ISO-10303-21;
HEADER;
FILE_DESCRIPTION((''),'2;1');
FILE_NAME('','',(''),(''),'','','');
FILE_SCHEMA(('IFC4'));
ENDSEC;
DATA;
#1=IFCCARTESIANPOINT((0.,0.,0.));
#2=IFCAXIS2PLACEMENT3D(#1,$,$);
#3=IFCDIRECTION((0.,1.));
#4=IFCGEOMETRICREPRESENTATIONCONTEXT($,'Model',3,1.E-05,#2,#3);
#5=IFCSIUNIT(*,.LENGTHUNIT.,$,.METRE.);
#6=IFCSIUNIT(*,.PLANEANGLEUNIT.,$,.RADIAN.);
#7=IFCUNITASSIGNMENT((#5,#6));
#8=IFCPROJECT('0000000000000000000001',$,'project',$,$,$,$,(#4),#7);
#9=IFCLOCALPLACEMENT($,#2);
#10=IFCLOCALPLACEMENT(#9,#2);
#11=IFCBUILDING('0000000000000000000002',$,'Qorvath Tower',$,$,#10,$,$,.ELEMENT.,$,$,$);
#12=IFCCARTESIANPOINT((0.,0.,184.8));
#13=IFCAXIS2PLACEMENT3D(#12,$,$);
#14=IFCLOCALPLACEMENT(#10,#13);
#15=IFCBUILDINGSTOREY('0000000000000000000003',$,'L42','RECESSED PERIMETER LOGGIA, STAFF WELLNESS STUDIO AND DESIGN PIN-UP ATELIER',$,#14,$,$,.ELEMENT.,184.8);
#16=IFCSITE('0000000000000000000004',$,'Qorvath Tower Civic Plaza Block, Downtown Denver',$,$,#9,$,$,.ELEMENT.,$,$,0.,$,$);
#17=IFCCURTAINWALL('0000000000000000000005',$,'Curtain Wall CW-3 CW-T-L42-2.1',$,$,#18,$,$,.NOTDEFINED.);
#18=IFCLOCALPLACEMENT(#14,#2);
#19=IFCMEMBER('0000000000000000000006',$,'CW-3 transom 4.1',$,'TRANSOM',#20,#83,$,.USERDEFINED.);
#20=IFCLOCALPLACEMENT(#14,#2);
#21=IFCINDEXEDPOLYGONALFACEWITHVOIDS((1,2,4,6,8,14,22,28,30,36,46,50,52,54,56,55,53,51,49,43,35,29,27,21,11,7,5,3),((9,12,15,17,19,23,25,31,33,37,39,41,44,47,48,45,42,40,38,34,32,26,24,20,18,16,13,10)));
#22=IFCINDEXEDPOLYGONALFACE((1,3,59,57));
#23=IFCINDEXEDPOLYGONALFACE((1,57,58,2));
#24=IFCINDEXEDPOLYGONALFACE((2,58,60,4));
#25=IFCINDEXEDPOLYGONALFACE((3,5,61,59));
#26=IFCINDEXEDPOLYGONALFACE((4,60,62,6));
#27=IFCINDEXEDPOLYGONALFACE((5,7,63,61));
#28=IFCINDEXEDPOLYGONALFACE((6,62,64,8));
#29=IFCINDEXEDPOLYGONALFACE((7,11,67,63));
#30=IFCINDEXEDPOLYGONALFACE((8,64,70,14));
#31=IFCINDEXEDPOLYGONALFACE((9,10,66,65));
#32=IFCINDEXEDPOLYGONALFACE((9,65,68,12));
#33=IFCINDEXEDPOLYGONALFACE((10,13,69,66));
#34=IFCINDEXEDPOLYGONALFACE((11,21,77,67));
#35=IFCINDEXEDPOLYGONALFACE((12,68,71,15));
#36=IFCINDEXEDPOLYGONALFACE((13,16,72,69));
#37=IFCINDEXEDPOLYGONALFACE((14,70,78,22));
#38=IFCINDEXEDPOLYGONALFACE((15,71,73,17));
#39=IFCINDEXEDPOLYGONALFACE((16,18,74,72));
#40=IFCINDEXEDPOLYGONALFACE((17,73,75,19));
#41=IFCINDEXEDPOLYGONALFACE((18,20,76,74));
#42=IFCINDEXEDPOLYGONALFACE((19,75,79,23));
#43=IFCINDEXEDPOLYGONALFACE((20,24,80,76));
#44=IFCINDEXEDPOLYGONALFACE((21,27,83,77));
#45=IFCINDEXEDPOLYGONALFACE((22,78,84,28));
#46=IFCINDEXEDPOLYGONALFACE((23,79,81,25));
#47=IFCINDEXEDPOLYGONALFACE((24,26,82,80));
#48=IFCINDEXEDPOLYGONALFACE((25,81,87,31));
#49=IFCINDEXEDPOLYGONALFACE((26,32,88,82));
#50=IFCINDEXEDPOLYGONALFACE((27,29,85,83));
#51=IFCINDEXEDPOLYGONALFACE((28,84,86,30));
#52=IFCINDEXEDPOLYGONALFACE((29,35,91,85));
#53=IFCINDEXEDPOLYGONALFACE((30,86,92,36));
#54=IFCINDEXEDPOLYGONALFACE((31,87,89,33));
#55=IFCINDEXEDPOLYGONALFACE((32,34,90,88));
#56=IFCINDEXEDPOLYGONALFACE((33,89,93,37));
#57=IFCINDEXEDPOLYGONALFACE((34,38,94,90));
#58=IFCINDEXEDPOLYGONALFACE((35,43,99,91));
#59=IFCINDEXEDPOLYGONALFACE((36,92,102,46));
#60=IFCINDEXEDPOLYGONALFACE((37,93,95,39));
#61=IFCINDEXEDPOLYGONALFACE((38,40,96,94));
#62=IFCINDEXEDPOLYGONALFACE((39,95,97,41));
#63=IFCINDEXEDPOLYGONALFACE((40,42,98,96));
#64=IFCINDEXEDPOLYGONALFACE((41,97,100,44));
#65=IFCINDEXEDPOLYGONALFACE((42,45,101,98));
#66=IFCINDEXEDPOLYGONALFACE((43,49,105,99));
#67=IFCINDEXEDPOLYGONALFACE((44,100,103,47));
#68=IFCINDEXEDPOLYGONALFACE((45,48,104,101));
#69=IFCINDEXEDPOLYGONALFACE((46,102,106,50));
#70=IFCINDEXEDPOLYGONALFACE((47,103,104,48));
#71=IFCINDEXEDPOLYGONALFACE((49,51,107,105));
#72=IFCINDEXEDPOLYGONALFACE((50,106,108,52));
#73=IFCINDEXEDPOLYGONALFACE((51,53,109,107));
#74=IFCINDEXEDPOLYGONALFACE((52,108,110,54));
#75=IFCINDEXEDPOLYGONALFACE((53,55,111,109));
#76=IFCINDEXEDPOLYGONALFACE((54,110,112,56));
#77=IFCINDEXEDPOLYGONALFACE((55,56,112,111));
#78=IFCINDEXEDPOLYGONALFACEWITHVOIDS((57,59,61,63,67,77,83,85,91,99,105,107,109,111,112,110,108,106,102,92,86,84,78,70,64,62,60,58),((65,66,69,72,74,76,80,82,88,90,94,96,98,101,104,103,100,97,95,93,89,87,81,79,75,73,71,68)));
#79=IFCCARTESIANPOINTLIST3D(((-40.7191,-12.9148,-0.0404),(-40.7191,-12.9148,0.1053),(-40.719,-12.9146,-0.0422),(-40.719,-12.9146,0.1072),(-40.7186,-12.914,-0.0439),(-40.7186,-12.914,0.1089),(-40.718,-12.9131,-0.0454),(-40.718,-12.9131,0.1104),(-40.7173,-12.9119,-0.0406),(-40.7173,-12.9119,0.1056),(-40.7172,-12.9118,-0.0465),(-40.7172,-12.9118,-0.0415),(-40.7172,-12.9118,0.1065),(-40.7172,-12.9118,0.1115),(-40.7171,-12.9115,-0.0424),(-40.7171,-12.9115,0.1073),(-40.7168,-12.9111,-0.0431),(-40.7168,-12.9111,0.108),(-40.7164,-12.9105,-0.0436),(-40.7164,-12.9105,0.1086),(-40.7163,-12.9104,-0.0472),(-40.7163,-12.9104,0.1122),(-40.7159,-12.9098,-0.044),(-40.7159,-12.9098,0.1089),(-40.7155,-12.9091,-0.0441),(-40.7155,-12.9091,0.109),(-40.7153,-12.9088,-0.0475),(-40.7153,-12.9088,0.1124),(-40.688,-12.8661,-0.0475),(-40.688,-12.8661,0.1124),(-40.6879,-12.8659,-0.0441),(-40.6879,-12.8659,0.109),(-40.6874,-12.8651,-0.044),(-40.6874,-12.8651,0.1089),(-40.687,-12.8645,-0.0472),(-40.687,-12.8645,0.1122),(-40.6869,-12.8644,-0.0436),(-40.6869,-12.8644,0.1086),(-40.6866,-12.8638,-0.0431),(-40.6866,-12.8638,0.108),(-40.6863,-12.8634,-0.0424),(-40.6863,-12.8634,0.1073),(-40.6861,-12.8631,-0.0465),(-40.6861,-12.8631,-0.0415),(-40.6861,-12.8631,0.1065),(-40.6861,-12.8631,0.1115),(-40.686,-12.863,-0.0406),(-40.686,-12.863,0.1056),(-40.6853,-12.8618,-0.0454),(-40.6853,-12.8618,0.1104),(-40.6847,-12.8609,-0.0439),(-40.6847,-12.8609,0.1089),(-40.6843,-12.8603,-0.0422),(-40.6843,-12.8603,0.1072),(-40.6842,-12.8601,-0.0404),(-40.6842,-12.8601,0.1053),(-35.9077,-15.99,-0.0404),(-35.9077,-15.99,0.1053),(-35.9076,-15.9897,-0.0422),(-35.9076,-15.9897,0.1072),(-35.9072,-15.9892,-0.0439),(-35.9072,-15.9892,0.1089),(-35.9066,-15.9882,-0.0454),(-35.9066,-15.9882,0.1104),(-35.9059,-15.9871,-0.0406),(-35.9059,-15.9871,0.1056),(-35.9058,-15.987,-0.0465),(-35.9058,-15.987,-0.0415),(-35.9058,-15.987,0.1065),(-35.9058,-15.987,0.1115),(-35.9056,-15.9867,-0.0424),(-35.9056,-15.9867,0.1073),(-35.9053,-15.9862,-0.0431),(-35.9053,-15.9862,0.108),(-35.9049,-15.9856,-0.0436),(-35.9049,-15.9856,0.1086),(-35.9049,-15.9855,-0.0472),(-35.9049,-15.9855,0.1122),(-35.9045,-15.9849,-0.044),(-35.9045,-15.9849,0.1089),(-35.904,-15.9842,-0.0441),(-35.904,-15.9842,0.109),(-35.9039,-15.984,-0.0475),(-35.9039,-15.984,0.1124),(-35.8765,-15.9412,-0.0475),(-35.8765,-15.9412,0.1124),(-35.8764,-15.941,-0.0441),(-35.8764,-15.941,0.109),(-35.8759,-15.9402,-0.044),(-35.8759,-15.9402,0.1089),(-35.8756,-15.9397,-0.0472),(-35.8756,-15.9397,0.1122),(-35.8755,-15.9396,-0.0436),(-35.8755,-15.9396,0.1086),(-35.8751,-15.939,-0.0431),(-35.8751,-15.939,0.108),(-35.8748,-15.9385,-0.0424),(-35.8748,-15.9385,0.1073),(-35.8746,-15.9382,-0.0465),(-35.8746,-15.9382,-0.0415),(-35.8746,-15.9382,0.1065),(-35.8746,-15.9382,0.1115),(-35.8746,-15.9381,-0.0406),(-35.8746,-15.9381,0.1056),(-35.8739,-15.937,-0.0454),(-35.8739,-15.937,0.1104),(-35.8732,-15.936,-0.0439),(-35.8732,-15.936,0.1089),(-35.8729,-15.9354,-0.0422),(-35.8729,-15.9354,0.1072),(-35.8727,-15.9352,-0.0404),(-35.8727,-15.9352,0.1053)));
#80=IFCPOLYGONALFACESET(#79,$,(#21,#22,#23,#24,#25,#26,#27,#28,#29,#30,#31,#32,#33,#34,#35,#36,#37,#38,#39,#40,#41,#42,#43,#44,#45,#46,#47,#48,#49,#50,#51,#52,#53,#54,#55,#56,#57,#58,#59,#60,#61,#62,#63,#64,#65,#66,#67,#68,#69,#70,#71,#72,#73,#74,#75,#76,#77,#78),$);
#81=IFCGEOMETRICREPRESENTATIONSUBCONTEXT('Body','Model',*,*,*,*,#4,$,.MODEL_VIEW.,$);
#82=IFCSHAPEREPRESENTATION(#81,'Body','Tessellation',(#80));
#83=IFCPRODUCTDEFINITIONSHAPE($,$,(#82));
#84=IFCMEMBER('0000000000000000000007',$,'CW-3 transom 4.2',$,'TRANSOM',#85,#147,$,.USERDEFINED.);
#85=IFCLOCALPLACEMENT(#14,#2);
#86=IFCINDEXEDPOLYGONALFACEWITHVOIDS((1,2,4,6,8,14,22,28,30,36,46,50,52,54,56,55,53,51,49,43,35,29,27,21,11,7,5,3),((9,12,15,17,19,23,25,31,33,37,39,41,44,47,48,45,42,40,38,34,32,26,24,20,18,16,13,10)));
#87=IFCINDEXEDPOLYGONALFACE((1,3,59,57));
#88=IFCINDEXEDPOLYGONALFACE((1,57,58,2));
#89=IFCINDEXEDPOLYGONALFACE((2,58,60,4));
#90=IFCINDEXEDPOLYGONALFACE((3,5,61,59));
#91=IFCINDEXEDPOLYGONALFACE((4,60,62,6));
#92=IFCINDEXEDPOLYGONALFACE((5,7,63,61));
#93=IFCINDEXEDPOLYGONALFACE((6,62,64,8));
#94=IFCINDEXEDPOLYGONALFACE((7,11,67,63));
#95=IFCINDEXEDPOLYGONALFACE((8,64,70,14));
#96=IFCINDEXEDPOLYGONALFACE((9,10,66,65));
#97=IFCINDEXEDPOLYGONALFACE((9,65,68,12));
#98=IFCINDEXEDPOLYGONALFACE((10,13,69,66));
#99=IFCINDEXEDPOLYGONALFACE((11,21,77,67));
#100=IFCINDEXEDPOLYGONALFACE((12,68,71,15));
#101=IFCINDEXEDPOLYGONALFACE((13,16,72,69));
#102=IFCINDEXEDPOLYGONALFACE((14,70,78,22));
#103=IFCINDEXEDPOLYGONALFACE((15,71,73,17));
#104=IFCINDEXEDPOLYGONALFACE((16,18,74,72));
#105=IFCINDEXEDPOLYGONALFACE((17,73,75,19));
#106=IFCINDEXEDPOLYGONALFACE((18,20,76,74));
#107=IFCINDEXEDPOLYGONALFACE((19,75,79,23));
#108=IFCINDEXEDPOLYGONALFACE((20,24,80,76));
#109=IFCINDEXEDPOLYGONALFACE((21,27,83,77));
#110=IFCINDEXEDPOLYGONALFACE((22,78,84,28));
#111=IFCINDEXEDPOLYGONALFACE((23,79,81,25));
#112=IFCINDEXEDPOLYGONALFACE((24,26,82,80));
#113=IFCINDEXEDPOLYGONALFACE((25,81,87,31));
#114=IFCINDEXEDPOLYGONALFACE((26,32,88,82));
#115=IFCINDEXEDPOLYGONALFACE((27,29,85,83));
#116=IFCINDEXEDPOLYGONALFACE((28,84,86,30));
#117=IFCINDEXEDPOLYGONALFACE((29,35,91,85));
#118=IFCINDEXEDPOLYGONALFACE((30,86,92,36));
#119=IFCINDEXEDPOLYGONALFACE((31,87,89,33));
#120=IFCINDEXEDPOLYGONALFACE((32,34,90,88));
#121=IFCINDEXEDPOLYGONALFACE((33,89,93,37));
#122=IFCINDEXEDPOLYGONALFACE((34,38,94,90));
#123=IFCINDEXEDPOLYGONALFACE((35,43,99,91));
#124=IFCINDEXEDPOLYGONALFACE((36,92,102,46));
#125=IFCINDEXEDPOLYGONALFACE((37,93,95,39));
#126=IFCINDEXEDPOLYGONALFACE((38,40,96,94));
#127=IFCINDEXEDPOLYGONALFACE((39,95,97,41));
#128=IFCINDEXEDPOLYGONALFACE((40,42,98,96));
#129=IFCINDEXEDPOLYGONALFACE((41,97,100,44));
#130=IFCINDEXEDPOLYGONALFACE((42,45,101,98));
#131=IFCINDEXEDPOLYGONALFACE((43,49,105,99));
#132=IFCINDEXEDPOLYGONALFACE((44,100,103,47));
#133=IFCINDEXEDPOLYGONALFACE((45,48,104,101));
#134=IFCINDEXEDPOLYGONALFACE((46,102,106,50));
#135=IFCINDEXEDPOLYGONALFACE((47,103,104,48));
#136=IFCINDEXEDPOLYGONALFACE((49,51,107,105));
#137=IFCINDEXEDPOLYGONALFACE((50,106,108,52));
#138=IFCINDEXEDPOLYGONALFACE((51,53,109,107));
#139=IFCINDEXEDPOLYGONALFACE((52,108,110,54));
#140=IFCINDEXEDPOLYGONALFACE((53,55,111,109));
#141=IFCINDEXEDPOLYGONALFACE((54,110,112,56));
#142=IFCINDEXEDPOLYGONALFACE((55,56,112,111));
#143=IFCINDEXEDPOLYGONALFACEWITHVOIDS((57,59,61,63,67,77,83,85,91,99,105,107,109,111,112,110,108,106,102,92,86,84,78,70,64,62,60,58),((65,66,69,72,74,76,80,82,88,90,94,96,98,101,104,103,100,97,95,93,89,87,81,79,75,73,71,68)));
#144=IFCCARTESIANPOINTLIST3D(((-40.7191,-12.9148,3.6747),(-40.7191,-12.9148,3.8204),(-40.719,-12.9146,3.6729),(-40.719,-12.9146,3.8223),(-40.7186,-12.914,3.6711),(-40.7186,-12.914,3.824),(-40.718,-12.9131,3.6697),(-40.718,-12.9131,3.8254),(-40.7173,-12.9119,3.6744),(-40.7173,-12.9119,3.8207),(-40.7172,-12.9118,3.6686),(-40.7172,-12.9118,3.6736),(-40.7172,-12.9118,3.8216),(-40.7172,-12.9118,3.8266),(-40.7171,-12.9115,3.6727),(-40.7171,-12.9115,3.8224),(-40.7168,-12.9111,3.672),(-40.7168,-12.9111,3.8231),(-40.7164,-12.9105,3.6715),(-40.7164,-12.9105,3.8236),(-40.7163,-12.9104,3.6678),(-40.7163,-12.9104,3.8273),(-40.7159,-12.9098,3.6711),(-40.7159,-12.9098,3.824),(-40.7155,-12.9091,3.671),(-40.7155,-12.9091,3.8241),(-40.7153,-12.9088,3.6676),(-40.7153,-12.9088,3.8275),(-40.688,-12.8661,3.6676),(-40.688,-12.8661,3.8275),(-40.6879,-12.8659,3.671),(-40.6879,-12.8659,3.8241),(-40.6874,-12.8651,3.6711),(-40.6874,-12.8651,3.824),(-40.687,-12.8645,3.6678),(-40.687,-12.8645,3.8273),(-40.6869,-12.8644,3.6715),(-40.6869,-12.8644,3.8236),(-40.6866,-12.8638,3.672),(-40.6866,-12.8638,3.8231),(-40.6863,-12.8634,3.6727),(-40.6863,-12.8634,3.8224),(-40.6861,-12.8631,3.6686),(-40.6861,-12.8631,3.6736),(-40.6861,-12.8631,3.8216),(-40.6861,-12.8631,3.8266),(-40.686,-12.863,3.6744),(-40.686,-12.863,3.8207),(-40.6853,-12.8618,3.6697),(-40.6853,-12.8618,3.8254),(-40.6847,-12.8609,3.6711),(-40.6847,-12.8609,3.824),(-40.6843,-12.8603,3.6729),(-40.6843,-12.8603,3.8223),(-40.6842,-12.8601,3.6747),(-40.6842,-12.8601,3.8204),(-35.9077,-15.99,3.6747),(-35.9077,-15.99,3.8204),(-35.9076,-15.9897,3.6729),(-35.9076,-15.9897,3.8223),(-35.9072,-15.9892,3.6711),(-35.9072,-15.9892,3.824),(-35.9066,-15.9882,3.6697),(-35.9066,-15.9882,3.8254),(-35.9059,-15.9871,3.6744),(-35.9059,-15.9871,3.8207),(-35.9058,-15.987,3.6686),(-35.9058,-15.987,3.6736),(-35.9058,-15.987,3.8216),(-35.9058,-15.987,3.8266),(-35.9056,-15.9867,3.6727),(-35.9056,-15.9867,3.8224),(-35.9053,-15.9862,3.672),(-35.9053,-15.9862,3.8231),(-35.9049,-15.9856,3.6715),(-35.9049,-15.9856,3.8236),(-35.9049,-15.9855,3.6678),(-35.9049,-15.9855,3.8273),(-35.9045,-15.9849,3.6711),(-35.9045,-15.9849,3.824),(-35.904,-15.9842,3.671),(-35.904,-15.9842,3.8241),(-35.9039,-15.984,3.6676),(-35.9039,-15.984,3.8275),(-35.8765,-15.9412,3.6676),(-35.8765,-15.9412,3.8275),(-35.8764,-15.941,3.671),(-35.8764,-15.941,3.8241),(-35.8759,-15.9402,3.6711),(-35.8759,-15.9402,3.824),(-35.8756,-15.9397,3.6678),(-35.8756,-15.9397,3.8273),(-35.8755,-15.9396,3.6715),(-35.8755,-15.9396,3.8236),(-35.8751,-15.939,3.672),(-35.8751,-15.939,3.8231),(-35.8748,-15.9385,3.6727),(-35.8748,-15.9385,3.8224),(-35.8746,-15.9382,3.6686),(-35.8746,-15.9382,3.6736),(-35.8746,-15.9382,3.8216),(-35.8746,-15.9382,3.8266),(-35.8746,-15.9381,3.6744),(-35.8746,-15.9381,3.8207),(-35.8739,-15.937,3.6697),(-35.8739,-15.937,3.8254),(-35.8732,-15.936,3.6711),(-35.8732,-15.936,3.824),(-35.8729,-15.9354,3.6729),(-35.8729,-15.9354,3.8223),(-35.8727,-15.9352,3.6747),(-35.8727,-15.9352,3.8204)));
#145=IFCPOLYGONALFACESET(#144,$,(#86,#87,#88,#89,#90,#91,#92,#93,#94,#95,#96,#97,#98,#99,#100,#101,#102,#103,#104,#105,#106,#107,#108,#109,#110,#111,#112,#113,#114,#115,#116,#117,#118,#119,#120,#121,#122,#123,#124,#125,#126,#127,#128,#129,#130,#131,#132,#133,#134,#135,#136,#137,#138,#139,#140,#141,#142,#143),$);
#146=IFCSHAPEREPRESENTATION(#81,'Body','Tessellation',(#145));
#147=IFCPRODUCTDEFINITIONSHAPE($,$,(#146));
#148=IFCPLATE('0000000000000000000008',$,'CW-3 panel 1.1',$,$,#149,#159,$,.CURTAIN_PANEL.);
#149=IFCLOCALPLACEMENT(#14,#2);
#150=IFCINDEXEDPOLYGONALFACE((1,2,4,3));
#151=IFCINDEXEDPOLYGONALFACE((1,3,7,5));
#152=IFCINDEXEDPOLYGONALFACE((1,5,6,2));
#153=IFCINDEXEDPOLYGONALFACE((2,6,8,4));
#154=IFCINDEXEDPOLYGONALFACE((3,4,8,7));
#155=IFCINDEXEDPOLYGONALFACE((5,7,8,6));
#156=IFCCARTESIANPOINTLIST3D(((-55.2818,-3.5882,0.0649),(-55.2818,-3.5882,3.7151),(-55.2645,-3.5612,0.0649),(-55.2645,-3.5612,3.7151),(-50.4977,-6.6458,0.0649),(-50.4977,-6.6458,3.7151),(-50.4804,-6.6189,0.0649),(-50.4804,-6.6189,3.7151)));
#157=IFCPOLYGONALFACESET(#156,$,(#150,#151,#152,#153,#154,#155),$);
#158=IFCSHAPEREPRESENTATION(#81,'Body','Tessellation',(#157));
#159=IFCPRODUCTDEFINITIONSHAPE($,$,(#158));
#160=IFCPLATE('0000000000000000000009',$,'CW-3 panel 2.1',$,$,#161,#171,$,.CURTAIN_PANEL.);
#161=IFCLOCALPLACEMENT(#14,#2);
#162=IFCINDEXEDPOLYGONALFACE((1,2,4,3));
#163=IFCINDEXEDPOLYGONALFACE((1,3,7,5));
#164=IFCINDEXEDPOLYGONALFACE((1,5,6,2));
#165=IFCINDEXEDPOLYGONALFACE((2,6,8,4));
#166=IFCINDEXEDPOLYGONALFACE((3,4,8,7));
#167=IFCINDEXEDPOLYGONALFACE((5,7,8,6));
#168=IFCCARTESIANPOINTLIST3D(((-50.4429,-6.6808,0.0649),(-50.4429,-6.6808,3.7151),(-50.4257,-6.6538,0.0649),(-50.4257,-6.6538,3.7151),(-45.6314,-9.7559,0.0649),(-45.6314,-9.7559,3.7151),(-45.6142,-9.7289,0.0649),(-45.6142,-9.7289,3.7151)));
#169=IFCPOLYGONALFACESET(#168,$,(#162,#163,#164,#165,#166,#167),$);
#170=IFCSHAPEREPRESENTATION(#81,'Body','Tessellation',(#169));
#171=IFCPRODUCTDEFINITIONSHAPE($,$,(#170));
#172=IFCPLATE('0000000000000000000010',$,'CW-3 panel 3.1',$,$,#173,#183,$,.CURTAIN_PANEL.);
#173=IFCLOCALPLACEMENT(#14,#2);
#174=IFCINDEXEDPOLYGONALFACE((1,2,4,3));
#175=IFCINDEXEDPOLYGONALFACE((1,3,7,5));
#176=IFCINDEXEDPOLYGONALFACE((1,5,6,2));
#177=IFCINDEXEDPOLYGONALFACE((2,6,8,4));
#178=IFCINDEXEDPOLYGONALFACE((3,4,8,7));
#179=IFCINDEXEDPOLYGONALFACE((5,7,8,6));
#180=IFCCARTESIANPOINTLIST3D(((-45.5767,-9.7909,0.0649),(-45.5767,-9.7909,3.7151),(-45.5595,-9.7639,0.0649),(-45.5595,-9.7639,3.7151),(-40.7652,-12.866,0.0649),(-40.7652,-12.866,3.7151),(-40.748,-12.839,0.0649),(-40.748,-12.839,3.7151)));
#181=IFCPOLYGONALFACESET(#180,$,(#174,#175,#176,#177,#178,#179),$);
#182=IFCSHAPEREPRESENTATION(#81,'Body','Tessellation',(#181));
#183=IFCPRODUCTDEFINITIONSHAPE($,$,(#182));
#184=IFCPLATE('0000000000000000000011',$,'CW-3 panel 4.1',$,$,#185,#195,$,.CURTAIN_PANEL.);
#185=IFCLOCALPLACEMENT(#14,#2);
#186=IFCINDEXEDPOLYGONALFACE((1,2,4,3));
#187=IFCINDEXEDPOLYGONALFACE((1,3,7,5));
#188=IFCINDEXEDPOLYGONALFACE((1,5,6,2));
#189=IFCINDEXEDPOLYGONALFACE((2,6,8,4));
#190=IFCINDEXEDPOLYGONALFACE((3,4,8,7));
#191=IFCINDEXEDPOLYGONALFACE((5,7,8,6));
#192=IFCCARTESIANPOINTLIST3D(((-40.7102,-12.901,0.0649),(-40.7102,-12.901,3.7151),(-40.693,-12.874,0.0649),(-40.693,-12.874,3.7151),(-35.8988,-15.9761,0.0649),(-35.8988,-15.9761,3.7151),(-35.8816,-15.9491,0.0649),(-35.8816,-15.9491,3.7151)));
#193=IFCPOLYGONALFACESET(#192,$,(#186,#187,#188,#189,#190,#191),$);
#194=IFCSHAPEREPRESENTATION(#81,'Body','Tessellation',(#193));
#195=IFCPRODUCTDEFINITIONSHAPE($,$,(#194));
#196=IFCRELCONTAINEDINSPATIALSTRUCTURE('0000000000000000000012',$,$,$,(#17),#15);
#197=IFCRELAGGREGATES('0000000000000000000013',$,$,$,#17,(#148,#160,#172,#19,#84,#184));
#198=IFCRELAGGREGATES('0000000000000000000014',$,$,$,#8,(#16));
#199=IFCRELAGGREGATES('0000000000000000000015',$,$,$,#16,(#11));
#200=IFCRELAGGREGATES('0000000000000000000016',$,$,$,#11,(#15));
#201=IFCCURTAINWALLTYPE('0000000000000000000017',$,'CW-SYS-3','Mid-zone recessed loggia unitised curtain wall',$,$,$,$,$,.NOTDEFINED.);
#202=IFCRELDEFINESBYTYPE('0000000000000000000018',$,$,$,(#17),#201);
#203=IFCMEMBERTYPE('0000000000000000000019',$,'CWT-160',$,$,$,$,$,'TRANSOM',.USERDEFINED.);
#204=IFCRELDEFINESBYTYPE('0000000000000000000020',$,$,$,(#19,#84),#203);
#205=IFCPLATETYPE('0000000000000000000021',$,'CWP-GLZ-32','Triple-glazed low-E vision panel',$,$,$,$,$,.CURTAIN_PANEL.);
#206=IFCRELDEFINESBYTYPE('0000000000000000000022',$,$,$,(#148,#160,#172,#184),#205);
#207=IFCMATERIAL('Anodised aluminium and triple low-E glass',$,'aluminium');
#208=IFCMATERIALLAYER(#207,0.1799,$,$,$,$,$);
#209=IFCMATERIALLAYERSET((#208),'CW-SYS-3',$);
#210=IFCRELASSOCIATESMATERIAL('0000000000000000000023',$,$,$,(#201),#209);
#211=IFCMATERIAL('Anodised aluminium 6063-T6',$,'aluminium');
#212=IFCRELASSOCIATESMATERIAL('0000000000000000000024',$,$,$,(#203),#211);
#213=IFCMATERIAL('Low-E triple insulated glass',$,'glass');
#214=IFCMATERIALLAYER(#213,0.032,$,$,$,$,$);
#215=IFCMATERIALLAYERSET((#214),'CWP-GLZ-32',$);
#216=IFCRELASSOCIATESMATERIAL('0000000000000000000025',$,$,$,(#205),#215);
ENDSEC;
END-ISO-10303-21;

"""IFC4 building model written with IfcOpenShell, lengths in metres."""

from ifc_helpers import new_model, si_unit, direction, frame, origin, origin_2d, place, context, subcontext, project, spatial, rectangle, hollow_rectangle, extrude, material, layer, layer_set, material_profile, profile_set, type_object, element, aggregate, save


model = new_model("IFC4")

# Units and contexts
model_context = context("Model", 3, precision=1e-05, world=origin(), true_north=direction((0.0, 1.0)))
body_context = subcontext(model_context, "Body", "Model", "MODEL_VIEW")
ifc_project = project(units=[si_unit("LENGTHUNIT", "METRE"), si_unit("PLANEANGLEUNIT", "RADIAN")], contexts=[model_context])

# Site, building, storey
site_placement = place(None, origin())
site = spatial("IfcSite", under=ifc_project, at=site_placement, Name="Qorvath Tower Civic Plaza Block, Downtown Denver", CompositionType="ELEMENT", RefElevation=0.0)
building_placement = place(site_placement, origin())
building = spatial("IfcBuilding", under=site, at=building_placement, Name="Qorvath Tower", CompositionType="ELEMENT")
storey_placement = place(building_placement, frame((0.0, 0.0, 184.8)))
storey = spatial("IfcBuildingStorey", under=building, at=storey_placement, Name="L42", Description="RECESSED PERIMETER LOGGIA, STAFF WELLNESS STUDIO AND DESIGN PIN-UP ATELIER", CompositionType="ELEMENT", Elevation=184.8)

# Curtain wall, members, plates
ifc_material_1 = material(Name="Anodised aluminium and triple low-E glass", Category="aluminium")
ifc_layer_1 = layer(ifc_material_1, 0.1799)
ifc_layer_set_1 = layer_set([ifc_layer_1], Name="CW-SYS-3")
curtain_wall_type = type_object("IfcCurtainWallType", Name="CW-SYS-3", Description="Mid-zone recessed loggia unitised curtain wall", PredefinedType="NOTDEFINED", material=ifc_layer_set_1)
curtain_wall_placement = place(storey_placement, origin())
curtain_wall = element("IfcCurtainWall", 1, at=curtain_wall_placement, inside=storey, type_object=curtain_wall_type, Name="Curtain Wall CW-3 CW-T-L42-2.1", PredefinedType="NOTDEFINED")
ifc_material_2 = material(Name="Anodised aluminium 6063-T6", Category="aluminium")
ifc_material_profile_1 = material_profile(ifc_material_2, hollow_rectangle(XDim=0.0649, YDim=0.1599, WallThickness=0.0034, InnerFilletRadius=0.0034, OuterFilletRadius=0.0071, at=origin_2d()), Name="CWT 160x65")
ifc_profile_set_1 = profile_set([ifc_material_profile_1], Name="Anodised aluminium 6063-T6")
member_type_1 = type_object("IfcMemberType", Name="CWT-160", ElementType="TRANSOM", PredefinedType="USERDEFINED", material=ifc_profile_set_1)
member_1_placement = place(storey_placement, frame((-40.7017, -12.8875, 0.0325), z_axis=(0.842604, -0.538534, 0.0), x_axis=(0.538534, 0.842604, 0.0)))
member_1 = element("IfcMember", 2, at=member_1_placement, type_object=member_type_1, Name="CW-3 transom 4.1", ObjectType="TRANSOM", PredefinedType="USERDEFINED", context=body_context, shape_type="SweptSolid", body=[
    extrude(hollow_rectangle(XDim=0.0649, YDim=0.1599, WallThickness=0.0034, InnerFilletRadius=0.0034, OuterFilletRadius=0.0071, at=origin_2d()), origin(), (0.0, 0.0, 1.0), 5.7102),
])
member_2_placement = place(storey_placement, frame((-40.7017, -12.8875, 3.7476), z_axis=(0.842604, -0.538534, 0.0), x_axis=(0.538534, 0.842604, 0.0)))
member_2 = element("IfcMember", 3, at=member_2_placement, type_object=member_type_1, Name="CW-3 transom 4.2", ObjectType="TRANSOM", PredefinedType="USERDEFINED", context=body_context, shape_type="SweptSolid", body=[
    extrude(hollow_rectangle(XDim=0.0649, YDim=0.1599, WallThickness=0.0034, InnerFilletRadius=0.0034, OuterFilletRadius=0.0071, at=origin_2d()), origin(), (0.0, 0.0, 1.0), 5.7102),
])
ifc_material_3 = material(Name="Low-E triple insulated glass", Category="glass")
ifc_layer_2 = layer(ifc_material_3, 0.032)
ifc_layer_set_2 = layer_set([ifc_layer_2], Name="CWP-GLZ-32")
plate_type = type_object("IfcPlateType", Name="CWP-GLZ-32", Description="Triple-glazed low-E vision panel", PredefinedType="CURTAIN_PANEL", material=ifc_layer_set_2)
plate_1_placement = place(storey_placement, frame((-52.8811, -5.1035, 0.0649), z_axis=(0.0, 0.0, 1.0), x_axis=(0.842607, -0.53853, 0.0)))
plate_1 = element("IfcPlate", 4, at=plate_1_placement, type_object=plate_type, Name="CW-3 panel 1.1", PredefinedType="CURTAIN_PANEL", context=body_context, shape_type="SweptSolid", body=[
    extrude(rectangle(XDim=5.6777, YDim=0.032, at=origin_2d()), origin(), (0.0, 0.0, 1.0), 3.6501),
])
plate_2_placement = place(storey_placement, frame((-48.0286, -8.2048, 0.0649), z_axis=(0.0, 0.0, 1.0), x_axis=(0.842607, -0.53853, 0.0)))
plate_2 = element("IfcPlate", 5, at=plate_2_placement, type_object=plate_type, Name="CW-3 panel 2.1", PredefinedType="CURTAIN_PANEL", context=body_context, shape_type="SweptSolid", body=[
    extrude(rectangle(XDim=5.7102, YDim=0.032, at=origin_2d()), origin(), (0.0, 0.0, 1.0), 3.6501),
])
plate_3_placement = place(storey_placement, frame((-43.1624, -11.3149, 0.0649), z_axis=(0.0, 0.0, 1.0), x_axis=(0.842607, -0.53853, 0.0)))
plate_3 = element("IfcPlate", 6, at=plate_3_placement, type_object=plate_type, Name="CW-3 panel 3.1", PredefinedType="CURTAIN_PANEL", context=body_context, shape_type="SweptSolid", body=[
    extrude(rectangle(XDim=5.7102, YDim=0.032, at=origin_2d()), origin(), (0.0, 0.0, 1.0), 3.6501),
])
plate_4_placement = place(storey_placement, frame((-38.2959, -14.425, 0.0649), z_axis=(0.0, 0.0, 1.0), x_axis=(0.842607, -0.53853, 0.0)))
plate_4 = element("IfcPlate", 7, at=plate_4_placement, type_object=plate_type, Name="CW-3 panel 4.1", PredefinedType="CURTAIN_PANEL", context=body_context, shape_type="SweptSolid", body=[
    extrude(rectangle(XDim=5.7102, YDim=0.032, at=origin_2d()), origin(), (0.0, 0.0, 1.0), 3.6501),
])
aggregate(curtain_wall, [plate_1, plate_2, plate_3, member_1, member_2, plate_4])

save(model, "model.ifc")
